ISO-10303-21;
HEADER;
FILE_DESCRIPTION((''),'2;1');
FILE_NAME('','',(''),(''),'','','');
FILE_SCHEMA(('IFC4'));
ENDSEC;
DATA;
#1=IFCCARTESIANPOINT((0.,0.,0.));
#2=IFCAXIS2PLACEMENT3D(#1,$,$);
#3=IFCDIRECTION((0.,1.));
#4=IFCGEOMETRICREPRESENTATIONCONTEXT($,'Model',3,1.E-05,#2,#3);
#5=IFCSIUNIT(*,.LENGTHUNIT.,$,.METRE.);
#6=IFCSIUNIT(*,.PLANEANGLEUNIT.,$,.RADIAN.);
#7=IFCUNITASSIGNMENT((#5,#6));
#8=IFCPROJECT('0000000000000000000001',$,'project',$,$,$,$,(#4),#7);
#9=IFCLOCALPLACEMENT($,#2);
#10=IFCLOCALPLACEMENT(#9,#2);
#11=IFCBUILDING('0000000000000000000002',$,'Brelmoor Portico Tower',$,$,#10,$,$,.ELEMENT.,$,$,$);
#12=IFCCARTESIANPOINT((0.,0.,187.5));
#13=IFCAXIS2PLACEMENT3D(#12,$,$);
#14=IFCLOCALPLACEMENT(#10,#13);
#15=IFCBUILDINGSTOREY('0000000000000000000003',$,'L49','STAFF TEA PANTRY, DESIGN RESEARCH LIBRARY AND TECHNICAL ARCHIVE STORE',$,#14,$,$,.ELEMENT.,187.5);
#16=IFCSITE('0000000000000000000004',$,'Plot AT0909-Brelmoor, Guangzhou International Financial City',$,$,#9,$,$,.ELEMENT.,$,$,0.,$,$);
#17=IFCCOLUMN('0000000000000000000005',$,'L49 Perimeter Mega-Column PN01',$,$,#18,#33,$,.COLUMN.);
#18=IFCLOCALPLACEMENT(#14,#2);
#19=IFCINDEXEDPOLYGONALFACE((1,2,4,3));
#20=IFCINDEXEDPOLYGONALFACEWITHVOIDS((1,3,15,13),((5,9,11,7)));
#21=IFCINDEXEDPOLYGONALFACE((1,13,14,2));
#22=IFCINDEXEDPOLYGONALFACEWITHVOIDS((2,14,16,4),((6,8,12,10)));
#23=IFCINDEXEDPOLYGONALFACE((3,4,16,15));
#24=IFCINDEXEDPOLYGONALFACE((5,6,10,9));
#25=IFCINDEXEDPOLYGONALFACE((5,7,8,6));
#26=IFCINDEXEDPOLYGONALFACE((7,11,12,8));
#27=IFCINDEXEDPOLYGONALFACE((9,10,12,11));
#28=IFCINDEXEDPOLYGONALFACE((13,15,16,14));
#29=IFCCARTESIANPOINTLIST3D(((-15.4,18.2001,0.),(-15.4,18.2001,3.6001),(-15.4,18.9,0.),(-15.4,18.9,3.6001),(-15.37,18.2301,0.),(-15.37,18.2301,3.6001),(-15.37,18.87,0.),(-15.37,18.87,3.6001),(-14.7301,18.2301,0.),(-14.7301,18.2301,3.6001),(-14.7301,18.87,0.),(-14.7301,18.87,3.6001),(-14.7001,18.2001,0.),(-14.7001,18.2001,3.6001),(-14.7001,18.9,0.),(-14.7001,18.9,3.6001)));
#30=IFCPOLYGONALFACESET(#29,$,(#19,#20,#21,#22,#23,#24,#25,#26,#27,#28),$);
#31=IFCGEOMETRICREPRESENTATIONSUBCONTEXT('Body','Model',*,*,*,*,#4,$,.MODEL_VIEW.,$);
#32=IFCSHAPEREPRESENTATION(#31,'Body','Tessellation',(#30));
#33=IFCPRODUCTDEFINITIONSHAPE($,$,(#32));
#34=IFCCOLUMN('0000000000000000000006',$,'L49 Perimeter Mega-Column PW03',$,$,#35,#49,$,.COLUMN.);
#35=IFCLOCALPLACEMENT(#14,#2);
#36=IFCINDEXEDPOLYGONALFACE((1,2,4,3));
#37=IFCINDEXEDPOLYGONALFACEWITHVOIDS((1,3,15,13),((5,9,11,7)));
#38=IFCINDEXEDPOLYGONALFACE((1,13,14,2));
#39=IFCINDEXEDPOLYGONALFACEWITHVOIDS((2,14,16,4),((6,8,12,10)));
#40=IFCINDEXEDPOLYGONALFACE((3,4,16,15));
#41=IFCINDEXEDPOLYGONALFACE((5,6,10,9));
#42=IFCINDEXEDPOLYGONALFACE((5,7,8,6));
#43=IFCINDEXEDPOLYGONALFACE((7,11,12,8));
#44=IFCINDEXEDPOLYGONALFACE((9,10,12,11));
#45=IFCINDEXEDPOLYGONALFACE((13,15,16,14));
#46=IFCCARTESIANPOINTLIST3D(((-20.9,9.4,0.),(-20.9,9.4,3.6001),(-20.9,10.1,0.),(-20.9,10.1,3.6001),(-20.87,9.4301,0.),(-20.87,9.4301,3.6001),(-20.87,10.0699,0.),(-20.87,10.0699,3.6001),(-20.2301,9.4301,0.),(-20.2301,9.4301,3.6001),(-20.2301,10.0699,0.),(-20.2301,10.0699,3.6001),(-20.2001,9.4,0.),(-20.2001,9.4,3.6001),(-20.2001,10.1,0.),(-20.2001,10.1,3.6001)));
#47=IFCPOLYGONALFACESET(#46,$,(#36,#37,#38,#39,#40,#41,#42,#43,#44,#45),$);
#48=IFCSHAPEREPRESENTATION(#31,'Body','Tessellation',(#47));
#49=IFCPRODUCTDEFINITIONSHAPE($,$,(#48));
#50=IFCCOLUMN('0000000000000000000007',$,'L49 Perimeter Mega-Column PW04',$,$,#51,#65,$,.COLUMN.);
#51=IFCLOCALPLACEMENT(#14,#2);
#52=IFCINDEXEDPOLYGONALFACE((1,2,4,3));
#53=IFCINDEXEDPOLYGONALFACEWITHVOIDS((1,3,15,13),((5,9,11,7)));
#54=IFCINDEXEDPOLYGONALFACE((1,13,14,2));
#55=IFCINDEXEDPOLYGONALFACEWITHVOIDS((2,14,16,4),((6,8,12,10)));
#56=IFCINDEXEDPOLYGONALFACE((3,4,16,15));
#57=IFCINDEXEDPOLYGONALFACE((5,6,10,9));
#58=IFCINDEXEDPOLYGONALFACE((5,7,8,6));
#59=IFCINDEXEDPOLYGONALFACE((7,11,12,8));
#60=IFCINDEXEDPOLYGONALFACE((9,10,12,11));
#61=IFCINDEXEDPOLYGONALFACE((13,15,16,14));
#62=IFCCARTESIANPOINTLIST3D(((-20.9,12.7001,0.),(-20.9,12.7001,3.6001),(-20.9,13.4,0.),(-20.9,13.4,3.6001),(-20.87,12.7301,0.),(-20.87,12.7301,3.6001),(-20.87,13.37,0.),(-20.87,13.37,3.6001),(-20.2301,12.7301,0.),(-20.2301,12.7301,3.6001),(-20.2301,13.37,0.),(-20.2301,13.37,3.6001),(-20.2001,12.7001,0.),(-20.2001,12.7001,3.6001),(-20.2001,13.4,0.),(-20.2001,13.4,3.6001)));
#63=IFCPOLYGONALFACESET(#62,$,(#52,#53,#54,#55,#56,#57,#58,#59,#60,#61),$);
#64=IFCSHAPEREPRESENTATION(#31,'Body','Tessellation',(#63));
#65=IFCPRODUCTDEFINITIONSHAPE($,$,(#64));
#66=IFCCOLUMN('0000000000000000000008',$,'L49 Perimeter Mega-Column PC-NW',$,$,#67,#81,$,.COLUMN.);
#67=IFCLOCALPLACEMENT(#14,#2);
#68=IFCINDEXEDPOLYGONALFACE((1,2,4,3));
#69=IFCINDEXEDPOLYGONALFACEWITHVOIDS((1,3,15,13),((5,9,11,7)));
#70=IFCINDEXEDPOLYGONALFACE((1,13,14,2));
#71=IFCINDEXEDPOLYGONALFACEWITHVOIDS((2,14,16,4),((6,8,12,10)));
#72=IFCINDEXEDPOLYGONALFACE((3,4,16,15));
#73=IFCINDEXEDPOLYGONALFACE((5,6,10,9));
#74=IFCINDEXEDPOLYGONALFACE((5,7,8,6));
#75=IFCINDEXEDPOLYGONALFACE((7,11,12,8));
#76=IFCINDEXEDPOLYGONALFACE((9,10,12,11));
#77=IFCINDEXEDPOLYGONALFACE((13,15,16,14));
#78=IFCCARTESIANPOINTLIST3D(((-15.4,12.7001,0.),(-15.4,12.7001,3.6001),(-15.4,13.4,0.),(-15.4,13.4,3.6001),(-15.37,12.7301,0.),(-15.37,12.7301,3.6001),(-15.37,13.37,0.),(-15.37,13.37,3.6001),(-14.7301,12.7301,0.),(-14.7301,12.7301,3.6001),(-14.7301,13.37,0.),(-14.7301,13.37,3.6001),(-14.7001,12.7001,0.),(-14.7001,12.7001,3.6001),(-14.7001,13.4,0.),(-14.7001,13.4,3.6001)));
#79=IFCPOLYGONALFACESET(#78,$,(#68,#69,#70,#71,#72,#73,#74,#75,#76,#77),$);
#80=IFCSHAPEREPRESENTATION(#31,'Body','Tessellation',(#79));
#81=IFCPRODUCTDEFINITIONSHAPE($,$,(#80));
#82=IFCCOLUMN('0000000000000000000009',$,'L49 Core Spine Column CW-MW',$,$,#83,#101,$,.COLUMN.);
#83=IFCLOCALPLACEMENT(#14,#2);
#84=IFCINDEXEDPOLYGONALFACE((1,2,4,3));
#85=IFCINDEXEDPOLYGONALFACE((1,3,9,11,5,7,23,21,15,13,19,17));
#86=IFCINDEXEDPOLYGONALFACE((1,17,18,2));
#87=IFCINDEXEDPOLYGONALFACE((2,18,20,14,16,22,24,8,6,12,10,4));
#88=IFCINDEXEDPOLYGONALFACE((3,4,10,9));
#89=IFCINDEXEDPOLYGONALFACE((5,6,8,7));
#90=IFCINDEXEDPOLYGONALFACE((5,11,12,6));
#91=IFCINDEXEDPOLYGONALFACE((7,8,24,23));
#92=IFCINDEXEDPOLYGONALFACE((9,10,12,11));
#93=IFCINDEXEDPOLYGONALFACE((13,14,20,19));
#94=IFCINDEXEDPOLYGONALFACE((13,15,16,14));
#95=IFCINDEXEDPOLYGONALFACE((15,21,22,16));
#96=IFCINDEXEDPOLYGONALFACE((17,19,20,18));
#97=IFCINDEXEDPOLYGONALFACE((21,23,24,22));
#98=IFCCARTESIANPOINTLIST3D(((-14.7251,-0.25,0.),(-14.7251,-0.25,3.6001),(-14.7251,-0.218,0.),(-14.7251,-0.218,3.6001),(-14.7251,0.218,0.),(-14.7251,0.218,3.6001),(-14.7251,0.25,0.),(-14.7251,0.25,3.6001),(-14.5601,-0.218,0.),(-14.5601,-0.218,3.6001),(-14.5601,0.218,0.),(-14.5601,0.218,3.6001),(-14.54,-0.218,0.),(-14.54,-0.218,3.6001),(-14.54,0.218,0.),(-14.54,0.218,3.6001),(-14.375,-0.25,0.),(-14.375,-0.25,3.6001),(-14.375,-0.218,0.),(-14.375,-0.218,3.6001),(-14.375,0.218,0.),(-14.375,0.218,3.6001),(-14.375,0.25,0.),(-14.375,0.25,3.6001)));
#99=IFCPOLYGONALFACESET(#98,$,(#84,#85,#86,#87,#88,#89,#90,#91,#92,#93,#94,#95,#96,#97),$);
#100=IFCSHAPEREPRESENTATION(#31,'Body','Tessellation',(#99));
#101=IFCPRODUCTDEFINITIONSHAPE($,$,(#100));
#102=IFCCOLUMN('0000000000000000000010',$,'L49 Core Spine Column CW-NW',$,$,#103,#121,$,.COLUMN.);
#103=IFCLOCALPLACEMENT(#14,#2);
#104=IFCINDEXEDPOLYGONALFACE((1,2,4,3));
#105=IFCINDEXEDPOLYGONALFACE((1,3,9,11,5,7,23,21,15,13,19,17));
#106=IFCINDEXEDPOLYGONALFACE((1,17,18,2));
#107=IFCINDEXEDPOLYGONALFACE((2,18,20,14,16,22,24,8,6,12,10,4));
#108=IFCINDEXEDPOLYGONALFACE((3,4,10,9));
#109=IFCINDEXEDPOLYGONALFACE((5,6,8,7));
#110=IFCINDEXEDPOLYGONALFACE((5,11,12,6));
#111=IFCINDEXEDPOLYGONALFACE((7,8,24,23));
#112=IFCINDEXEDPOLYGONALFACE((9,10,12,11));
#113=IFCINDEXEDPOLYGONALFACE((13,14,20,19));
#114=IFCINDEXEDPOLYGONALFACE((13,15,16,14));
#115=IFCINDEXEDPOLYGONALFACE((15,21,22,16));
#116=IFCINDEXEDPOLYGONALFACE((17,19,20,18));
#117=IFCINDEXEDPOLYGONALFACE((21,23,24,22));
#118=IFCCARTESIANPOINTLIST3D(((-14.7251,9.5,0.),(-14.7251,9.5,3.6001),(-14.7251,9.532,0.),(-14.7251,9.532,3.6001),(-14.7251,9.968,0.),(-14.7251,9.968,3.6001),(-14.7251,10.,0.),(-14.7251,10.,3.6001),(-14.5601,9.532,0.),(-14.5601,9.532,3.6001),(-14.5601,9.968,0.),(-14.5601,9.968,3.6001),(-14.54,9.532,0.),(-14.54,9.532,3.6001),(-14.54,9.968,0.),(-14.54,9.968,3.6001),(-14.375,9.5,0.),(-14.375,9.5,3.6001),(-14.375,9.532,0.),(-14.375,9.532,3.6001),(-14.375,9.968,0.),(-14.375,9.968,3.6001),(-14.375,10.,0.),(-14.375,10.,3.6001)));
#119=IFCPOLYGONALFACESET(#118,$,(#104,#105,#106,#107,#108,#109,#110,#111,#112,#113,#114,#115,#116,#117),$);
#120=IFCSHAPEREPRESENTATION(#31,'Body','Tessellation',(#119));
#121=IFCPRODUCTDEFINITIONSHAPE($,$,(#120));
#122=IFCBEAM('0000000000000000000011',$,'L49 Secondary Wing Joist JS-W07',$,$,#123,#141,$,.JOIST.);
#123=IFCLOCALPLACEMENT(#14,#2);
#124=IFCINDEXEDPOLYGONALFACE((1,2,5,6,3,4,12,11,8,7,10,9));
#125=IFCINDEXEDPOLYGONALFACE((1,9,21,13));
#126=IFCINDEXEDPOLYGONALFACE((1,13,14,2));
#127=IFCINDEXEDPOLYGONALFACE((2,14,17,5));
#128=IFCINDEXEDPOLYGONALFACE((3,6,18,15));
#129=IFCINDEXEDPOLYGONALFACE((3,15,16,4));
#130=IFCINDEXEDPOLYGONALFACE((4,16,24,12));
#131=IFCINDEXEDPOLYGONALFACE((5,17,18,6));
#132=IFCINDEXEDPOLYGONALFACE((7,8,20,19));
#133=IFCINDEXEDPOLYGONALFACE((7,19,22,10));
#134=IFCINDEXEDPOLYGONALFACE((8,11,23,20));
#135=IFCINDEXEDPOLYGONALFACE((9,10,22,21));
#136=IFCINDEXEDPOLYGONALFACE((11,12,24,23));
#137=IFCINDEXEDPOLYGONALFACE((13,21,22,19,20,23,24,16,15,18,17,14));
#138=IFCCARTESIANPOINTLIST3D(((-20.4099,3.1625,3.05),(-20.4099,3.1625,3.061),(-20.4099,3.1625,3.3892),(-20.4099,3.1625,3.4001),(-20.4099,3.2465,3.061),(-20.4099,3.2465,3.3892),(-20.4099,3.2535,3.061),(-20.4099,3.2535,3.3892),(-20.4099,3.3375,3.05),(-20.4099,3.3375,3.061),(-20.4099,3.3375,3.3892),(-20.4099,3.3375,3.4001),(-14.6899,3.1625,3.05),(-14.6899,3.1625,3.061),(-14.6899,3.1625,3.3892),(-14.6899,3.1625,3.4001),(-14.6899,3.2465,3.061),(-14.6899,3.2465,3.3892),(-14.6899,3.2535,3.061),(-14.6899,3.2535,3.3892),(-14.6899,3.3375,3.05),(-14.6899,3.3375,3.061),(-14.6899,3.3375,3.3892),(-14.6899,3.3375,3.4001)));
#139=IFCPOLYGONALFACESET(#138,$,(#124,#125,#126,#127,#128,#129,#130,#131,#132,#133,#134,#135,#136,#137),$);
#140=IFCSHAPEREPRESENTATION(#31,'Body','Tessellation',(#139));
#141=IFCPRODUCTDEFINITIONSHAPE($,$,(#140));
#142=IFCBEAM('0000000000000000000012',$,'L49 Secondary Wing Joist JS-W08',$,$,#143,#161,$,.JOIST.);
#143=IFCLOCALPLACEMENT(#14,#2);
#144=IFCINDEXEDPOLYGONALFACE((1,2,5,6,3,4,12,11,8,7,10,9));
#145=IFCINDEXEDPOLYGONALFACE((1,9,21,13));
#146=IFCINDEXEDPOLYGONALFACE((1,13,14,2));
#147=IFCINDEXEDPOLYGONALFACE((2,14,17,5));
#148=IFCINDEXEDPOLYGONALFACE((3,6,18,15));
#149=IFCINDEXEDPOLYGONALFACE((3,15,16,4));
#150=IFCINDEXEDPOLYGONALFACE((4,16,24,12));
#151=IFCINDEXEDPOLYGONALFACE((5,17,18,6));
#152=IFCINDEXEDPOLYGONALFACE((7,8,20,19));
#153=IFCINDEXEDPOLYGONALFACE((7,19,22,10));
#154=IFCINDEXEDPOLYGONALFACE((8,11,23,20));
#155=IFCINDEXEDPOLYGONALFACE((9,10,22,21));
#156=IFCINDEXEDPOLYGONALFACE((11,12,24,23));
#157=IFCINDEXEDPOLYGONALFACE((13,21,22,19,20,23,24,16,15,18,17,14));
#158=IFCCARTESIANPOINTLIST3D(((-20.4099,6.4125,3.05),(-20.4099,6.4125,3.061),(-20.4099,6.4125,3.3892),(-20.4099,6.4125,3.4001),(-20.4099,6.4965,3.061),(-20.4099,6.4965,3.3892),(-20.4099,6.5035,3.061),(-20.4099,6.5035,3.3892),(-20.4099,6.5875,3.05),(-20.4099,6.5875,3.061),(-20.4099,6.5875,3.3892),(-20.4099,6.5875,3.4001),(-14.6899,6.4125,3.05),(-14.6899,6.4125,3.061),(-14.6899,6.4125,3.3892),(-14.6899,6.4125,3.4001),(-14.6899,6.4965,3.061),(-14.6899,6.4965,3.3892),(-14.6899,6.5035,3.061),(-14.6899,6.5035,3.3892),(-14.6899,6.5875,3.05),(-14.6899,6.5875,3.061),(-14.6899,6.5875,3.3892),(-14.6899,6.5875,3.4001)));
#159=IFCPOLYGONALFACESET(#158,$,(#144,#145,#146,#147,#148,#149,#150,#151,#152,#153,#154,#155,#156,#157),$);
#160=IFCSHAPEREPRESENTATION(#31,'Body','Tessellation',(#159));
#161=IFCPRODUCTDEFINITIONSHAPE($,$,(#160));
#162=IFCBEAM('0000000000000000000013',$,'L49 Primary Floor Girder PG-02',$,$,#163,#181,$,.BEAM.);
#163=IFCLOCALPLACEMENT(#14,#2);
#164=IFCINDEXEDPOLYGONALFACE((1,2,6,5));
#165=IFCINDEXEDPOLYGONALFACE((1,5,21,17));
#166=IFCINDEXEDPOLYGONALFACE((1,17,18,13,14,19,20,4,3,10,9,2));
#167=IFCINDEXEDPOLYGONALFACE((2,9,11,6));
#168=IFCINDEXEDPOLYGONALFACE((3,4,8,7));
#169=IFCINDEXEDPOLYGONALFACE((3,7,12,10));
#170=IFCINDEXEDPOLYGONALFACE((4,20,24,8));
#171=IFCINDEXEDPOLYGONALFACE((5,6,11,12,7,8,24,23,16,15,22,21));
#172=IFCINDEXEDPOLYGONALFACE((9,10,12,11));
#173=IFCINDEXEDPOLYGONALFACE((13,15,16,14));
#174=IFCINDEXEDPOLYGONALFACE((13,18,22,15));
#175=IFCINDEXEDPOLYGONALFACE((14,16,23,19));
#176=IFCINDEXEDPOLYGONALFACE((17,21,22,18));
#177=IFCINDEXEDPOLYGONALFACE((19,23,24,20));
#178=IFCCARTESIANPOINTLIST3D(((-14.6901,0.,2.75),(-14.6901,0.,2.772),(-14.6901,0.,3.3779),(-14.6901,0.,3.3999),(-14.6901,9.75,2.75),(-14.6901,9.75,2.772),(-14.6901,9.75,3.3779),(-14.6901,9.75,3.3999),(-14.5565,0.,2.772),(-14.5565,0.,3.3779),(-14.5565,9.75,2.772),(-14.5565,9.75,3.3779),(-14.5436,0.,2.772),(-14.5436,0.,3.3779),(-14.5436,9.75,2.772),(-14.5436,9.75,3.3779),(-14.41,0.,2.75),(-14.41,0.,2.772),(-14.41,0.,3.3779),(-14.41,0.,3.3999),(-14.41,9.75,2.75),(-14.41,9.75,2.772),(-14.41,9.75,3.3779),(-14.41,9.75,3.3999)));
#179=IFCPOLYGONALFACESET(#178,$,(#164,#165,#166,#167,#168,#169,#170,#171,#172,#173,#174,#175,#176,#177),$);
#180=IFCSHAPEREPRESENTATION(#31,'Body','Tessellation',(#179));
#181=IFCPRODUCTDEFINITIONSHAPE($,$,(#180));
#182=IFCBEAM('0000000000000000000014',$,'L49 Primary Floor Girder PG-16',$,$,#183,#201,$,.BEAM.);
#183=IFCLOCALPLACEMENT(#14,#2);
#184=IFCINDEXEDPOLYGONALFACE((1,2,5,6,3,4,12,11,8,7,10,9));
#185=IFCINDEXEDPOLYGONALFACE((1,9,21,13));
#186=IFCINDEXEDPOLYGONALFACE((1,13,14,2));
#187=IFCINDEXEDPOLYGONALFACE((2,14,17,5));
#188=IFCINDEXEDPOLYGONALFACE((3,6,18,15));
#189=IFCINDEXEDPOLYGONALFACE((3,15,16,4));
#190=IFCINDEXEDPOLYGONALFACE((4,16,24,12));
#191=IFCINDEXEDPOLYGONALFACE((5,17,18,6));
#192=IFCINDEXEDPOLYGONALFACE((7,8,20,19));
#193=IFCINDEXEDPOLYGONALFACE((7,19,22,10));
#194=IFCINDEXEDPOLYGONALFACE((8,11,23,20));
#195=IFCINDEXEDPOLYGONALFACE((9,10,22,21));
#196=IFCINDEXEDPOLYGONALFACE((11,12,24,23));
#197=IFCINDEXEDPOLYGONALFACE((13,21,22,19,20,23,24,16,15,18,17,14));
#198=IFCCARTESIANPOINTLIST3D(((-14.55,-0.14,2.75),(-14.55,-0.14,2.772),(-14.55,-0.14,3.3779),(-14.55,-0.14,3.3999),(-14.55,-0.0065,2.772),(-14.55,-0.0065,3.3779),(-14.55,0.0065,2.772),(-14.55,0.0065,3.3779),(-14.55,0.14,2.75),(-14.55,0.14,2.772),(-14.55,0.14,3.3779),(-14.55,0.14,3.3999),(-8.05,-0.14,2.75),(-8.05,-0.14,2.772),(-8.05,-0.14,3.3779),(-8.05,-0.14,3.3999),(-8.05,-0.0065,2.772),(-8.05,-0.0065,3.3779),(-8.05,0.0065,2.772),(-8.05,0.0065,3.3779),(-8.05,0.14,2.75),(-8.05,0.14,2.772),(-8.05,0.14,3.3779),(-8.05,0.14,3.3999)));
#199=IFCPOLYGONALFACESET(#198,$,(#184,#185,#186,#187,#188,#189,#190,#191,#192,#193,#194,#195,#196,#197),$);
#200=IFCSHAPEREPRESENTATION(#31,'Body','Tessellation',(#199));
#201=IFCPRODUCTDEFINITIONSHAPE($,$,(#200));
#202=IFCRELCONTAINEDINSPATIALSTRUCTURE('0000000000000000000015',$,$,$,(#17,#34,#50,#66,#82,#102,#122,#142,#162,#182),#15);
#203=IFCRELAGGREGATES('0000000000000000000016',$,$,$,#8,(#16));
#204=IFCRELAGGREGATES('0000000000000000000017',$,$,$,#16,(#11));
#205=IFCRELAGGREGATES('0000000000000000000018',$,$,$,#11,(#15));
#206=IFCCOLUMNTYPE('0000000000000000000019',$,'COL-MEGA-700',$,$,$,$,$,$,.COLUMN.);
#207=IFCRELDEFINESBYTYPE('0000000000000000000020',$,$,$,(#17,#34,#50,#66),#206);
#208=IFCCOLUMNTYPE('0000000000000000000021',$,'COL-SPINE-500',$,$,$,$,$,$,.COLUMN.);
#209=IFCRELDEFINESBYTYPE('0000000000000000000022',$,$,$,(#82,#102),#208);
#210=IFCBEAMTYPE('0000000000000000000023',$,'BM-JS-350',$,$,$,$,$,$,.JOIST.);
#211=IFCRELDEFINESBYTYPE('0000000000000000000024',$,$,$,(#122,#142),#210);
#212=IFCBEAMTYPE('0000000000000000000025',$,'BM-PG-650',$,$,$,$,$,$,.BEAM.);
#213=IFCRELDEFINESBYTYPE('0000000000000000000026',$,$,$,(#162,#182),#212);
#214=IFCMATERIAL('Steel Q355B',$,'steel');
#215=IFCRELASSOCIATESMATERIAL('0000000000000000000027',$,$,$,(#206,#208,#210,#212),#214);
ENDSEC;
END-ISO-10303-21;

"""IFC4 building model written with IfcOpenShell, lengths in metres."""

from ifc_helpers import new_model, si_unit, direction, frame, origin, origin_2d, place, context, subcontext, project, spatial, hollow_rectangle, i_section, extrude, material, material_profile, profile_set, type_object, element, save


model = new_model("IFC4")

# Units and contexts
model_context = context("Model", 3, precision=1e-05, world=origin(), true_north=direction((0.0, 1.0)))
body_context = subcontext(model_context, "Body", "Model", "MODEL_VIEW")
ifc_project = project(units=[si_unit("LENGTHUNIT", "METRE"), si_unit("PLANEANGLEUNIT", "RADIAN")], contexts=[model_context])

# Site, building, storey
site_placement = place(None, origin())
site = spatial("IfcSite", under=ifc_project, at=site_placement, Name="Plot AT0909-Brelmoor, Guangzhou International Financial City", CompositionType="ELEMENT", RefElevation=0.0)
building_placement = place(site_placement, origin())
building = spatial("IfcBuilding", under=site, at=building_placement, Name="Brelmoor Portico Tower", CompositionType="ELEMENT")
storey_placement = place(building_placement, frame((0.0, 0.0, 187.5)))
storey = spatial("IfcBuildingStorey", under=building, at=storey_placement, Name="L49", Description="STAFF TEA PANTRY, DESIGN RESEARCH LIBRARY AND TECHNICAL ARCHIVE STORE", CompositionType="ELEMENT", Elevation=187.5)

# Columns
ifc_material_1 = material(Name="Steel Q355B", Category="steel")
ifc_material_profile_1 = material_profile(ifc_material_1, hollow_rectangle(XDim=0.7, YDim=0.7, WallThickness=0.03, at=origin_2d()), Name="BOX 700x700x30")
ifc_profile_set_1 = profile_set([ifc_material_profile_1], Name="Steel Q355B")
column_type_1 = type_object("IfcColumnType", Name="COL-MEGA-700", PredefinedType="COLUMN", material=ifc_profile_set_1)
for number, where, z_axis, x_axis, name in (
    (1, (-15.05, 18.55, 0.0), (0.0, 0.0, 1.0), (1.0, 0.0, 0.0), "L49 Perimeter Mega-Column PN01"),
    (2, (-20.55, 9.75, 0.0), (0.0, 0.0, 1.0), (0.0, 1.0, 0.0), "L49 Perimeter Mega-Column PW03"),
    (3, (-20.55, 13.05, 0.0), (0.0, 0.0, 1.0), (0.0, 1.0, 0.0), "L49 Perimeter Mega-Column PW04"),
    (4, (-15.05, 13.05, 0.0), (0.0, 0.0, 1.0), (1.0, 0.0, 0.0), "L49 Perimeter Mega-Column PC-NW"),
):
    element("IfcColumn", number, at=place(storey_placement, frame(where, z_axis=z_axis, x_axis=x_axis)), inside=storey, type_object=column_type_1, Name=name, PredefinedType="COLUMN", context=body_context, shape_type="SweptSolid", body=[
        extrude(hollow_rectangle(XDim=0.7, YDim=0.7, WallThickness=0.03, at=origin_2d()), origin(), (0.0, 0.0, 1.0), 3.6001),
    ])
ifc_material_profile_2 = material_profile(ifc_material_1, i_section(OverallWidth=0.3501, OverallDepth=0.5, WebThickness=0.02, FlangeThickness=0.032, at=origin_2d()), Name="HW 500x350x20x32")
ifc_profile_set_2 = profile_set([ifc_material_profile_2], Name="Steel Q355B")
column_type_2 = type_object("IfcColumnType", Name="COL-SPINE-500", PredefinedType="COLUMN", material=ifc_profile_set_2)
for number, where, z_axis, x_axis, name in (
    (5, (-14.55, 0.0, 0.0), (0.0, 0.0, 1.0), (1.0, 0.0, 0.0), "L49 Core Spine Column CW-MW"),
    (6, (-14.55, 9.75, 0.0), (0.0, 0.0, 1.0), (1.0, 0.0, 0.0), "L49 Core Spine Column CW-NW"),
):
    element("IfcColumn", number, at=place(storey_placement, frame(where, z_axis=z_axis, x_axis=x_axis)), inside=storey, type_object=column_type_2, Name=name, PredefinedType="COLUMN", context=body_context, shape_type="SweptSolid", body=[
        extrude(i_section(OverallWidth=0.3501, OverallDepth=0.5, WebThickness=0.02, FlangeThickness=0.032, at=origin_2d()), origin(), (0.0, 0.0, 1.0), 3.6001),
    ])

# Beams
ifc_material_profile_3 = material_profile(ifc_material_1, i_section(OverallWidth=0.175, OverallDepth=0.3501, WebThickness=0.0071, FlangeThickness=0.011, at=origin_2d()), Name="HN 350x175x7x11")
ifc_profile_set_3 = profile_set([ifc_material_profile_3], Name="Steel Q355B")
beam_type_1 = type_object("IfcBeamType", Name="BM-JS-350", PredefinedType="JOIST", material=ifc_profile_set_3)
for number, where, z_axis, x_axis, name in (
    (7, (-20.4099, 3.25, 3.2251), (1.0, 0.0, 0.0), (0.0, 1.0, 0.0), "L49 Secondary Wing Joist JS-W07"),
    (8, (-20.4099, 6.5, 3.2251), (1.0, 0.0, 0.0), (0.0, 1.0, 0.0), "L49 Secondary Wing Joist JS-W08"),
):
    element("IfcBeam", number, at=place(storey_placement, frame(where, z_axis=z_axis, x_axis=x_axis)), inside=storey, type_object=beam_type_1, Name=name, PredefinedType="JOIST", context=body_context, shape_type="SweptSolid", body=[
        extrude(i_section(OverallWidth=0.175, OverallDepth=0.3501, WebThickness=0.0071, FlangeThickness=0.011, at=origin_2d()), origin(), (0.0, 0.0, 1.0), 5.72),
    ])
ifc_material_profile_4 = material_profile(ifc_material_1, i_section(OverallWidth=0.28, OverallDepth=0.6499, WebThickness=0.0129, FlangeThickness=0.022, at=origin_2d()), Name="HN 650x280x13x22")
ifc_profile_set_4 = profile_set([ifc_material_profile_4], Name="Steel Q355B")
beam_type_2 = type_object("IfcBeamType", Name="BM-PG-650", PredefinedType="BEAM", material=ifc_profile_set_4)
beam_1_placement = place(storey_placement, frame((-14.55, 0.0, 3.075), z_axis=(0.0, 1.0, 0.0), x_axis=(-1.0, 0.0, 0.0)))
element("IfcBeam", 9, at=beam_1_placement, inside=storey, type_object=beam_type_2, Name="L49 Primary Floor Girder PG-02", PredefinedType="BEAM", context=body_context, shape_type="SweptSolid", body=[
    extrude(i_section(OverallWidth=0.28, OverallDepth=0.6499, WebThickness=0.0129, FlangeThickness=0.022, at=origin_2d()), origin(), (0.0, 0.0, 1.0), 9.75),
])
beam_2_placement = place(storey_placement, frame((-14.55, 0.0, 3.075), z_axis=(1.0, 0.0, 0.0), x_axis=(0.0, 1.0, 0.0)))
element("IfcBeam", 10, at=beam_2_placement, inside=storey, type_object=beam_type_2, Name="L49 Primary Floor Girder PG-16", PredefinedType="BEAM", context=body_context, shape_type="SweptSolid", body=[
    extrude(i_section(OverallWidth=0.28, OverallDepth=0.6499, WebThickness=0.0129, FlangeThickness=0.022, at=origin_2d()), origin(), (0.0, 0.0, 1.0), 6.5),
])

save(model, "model.ifc")
